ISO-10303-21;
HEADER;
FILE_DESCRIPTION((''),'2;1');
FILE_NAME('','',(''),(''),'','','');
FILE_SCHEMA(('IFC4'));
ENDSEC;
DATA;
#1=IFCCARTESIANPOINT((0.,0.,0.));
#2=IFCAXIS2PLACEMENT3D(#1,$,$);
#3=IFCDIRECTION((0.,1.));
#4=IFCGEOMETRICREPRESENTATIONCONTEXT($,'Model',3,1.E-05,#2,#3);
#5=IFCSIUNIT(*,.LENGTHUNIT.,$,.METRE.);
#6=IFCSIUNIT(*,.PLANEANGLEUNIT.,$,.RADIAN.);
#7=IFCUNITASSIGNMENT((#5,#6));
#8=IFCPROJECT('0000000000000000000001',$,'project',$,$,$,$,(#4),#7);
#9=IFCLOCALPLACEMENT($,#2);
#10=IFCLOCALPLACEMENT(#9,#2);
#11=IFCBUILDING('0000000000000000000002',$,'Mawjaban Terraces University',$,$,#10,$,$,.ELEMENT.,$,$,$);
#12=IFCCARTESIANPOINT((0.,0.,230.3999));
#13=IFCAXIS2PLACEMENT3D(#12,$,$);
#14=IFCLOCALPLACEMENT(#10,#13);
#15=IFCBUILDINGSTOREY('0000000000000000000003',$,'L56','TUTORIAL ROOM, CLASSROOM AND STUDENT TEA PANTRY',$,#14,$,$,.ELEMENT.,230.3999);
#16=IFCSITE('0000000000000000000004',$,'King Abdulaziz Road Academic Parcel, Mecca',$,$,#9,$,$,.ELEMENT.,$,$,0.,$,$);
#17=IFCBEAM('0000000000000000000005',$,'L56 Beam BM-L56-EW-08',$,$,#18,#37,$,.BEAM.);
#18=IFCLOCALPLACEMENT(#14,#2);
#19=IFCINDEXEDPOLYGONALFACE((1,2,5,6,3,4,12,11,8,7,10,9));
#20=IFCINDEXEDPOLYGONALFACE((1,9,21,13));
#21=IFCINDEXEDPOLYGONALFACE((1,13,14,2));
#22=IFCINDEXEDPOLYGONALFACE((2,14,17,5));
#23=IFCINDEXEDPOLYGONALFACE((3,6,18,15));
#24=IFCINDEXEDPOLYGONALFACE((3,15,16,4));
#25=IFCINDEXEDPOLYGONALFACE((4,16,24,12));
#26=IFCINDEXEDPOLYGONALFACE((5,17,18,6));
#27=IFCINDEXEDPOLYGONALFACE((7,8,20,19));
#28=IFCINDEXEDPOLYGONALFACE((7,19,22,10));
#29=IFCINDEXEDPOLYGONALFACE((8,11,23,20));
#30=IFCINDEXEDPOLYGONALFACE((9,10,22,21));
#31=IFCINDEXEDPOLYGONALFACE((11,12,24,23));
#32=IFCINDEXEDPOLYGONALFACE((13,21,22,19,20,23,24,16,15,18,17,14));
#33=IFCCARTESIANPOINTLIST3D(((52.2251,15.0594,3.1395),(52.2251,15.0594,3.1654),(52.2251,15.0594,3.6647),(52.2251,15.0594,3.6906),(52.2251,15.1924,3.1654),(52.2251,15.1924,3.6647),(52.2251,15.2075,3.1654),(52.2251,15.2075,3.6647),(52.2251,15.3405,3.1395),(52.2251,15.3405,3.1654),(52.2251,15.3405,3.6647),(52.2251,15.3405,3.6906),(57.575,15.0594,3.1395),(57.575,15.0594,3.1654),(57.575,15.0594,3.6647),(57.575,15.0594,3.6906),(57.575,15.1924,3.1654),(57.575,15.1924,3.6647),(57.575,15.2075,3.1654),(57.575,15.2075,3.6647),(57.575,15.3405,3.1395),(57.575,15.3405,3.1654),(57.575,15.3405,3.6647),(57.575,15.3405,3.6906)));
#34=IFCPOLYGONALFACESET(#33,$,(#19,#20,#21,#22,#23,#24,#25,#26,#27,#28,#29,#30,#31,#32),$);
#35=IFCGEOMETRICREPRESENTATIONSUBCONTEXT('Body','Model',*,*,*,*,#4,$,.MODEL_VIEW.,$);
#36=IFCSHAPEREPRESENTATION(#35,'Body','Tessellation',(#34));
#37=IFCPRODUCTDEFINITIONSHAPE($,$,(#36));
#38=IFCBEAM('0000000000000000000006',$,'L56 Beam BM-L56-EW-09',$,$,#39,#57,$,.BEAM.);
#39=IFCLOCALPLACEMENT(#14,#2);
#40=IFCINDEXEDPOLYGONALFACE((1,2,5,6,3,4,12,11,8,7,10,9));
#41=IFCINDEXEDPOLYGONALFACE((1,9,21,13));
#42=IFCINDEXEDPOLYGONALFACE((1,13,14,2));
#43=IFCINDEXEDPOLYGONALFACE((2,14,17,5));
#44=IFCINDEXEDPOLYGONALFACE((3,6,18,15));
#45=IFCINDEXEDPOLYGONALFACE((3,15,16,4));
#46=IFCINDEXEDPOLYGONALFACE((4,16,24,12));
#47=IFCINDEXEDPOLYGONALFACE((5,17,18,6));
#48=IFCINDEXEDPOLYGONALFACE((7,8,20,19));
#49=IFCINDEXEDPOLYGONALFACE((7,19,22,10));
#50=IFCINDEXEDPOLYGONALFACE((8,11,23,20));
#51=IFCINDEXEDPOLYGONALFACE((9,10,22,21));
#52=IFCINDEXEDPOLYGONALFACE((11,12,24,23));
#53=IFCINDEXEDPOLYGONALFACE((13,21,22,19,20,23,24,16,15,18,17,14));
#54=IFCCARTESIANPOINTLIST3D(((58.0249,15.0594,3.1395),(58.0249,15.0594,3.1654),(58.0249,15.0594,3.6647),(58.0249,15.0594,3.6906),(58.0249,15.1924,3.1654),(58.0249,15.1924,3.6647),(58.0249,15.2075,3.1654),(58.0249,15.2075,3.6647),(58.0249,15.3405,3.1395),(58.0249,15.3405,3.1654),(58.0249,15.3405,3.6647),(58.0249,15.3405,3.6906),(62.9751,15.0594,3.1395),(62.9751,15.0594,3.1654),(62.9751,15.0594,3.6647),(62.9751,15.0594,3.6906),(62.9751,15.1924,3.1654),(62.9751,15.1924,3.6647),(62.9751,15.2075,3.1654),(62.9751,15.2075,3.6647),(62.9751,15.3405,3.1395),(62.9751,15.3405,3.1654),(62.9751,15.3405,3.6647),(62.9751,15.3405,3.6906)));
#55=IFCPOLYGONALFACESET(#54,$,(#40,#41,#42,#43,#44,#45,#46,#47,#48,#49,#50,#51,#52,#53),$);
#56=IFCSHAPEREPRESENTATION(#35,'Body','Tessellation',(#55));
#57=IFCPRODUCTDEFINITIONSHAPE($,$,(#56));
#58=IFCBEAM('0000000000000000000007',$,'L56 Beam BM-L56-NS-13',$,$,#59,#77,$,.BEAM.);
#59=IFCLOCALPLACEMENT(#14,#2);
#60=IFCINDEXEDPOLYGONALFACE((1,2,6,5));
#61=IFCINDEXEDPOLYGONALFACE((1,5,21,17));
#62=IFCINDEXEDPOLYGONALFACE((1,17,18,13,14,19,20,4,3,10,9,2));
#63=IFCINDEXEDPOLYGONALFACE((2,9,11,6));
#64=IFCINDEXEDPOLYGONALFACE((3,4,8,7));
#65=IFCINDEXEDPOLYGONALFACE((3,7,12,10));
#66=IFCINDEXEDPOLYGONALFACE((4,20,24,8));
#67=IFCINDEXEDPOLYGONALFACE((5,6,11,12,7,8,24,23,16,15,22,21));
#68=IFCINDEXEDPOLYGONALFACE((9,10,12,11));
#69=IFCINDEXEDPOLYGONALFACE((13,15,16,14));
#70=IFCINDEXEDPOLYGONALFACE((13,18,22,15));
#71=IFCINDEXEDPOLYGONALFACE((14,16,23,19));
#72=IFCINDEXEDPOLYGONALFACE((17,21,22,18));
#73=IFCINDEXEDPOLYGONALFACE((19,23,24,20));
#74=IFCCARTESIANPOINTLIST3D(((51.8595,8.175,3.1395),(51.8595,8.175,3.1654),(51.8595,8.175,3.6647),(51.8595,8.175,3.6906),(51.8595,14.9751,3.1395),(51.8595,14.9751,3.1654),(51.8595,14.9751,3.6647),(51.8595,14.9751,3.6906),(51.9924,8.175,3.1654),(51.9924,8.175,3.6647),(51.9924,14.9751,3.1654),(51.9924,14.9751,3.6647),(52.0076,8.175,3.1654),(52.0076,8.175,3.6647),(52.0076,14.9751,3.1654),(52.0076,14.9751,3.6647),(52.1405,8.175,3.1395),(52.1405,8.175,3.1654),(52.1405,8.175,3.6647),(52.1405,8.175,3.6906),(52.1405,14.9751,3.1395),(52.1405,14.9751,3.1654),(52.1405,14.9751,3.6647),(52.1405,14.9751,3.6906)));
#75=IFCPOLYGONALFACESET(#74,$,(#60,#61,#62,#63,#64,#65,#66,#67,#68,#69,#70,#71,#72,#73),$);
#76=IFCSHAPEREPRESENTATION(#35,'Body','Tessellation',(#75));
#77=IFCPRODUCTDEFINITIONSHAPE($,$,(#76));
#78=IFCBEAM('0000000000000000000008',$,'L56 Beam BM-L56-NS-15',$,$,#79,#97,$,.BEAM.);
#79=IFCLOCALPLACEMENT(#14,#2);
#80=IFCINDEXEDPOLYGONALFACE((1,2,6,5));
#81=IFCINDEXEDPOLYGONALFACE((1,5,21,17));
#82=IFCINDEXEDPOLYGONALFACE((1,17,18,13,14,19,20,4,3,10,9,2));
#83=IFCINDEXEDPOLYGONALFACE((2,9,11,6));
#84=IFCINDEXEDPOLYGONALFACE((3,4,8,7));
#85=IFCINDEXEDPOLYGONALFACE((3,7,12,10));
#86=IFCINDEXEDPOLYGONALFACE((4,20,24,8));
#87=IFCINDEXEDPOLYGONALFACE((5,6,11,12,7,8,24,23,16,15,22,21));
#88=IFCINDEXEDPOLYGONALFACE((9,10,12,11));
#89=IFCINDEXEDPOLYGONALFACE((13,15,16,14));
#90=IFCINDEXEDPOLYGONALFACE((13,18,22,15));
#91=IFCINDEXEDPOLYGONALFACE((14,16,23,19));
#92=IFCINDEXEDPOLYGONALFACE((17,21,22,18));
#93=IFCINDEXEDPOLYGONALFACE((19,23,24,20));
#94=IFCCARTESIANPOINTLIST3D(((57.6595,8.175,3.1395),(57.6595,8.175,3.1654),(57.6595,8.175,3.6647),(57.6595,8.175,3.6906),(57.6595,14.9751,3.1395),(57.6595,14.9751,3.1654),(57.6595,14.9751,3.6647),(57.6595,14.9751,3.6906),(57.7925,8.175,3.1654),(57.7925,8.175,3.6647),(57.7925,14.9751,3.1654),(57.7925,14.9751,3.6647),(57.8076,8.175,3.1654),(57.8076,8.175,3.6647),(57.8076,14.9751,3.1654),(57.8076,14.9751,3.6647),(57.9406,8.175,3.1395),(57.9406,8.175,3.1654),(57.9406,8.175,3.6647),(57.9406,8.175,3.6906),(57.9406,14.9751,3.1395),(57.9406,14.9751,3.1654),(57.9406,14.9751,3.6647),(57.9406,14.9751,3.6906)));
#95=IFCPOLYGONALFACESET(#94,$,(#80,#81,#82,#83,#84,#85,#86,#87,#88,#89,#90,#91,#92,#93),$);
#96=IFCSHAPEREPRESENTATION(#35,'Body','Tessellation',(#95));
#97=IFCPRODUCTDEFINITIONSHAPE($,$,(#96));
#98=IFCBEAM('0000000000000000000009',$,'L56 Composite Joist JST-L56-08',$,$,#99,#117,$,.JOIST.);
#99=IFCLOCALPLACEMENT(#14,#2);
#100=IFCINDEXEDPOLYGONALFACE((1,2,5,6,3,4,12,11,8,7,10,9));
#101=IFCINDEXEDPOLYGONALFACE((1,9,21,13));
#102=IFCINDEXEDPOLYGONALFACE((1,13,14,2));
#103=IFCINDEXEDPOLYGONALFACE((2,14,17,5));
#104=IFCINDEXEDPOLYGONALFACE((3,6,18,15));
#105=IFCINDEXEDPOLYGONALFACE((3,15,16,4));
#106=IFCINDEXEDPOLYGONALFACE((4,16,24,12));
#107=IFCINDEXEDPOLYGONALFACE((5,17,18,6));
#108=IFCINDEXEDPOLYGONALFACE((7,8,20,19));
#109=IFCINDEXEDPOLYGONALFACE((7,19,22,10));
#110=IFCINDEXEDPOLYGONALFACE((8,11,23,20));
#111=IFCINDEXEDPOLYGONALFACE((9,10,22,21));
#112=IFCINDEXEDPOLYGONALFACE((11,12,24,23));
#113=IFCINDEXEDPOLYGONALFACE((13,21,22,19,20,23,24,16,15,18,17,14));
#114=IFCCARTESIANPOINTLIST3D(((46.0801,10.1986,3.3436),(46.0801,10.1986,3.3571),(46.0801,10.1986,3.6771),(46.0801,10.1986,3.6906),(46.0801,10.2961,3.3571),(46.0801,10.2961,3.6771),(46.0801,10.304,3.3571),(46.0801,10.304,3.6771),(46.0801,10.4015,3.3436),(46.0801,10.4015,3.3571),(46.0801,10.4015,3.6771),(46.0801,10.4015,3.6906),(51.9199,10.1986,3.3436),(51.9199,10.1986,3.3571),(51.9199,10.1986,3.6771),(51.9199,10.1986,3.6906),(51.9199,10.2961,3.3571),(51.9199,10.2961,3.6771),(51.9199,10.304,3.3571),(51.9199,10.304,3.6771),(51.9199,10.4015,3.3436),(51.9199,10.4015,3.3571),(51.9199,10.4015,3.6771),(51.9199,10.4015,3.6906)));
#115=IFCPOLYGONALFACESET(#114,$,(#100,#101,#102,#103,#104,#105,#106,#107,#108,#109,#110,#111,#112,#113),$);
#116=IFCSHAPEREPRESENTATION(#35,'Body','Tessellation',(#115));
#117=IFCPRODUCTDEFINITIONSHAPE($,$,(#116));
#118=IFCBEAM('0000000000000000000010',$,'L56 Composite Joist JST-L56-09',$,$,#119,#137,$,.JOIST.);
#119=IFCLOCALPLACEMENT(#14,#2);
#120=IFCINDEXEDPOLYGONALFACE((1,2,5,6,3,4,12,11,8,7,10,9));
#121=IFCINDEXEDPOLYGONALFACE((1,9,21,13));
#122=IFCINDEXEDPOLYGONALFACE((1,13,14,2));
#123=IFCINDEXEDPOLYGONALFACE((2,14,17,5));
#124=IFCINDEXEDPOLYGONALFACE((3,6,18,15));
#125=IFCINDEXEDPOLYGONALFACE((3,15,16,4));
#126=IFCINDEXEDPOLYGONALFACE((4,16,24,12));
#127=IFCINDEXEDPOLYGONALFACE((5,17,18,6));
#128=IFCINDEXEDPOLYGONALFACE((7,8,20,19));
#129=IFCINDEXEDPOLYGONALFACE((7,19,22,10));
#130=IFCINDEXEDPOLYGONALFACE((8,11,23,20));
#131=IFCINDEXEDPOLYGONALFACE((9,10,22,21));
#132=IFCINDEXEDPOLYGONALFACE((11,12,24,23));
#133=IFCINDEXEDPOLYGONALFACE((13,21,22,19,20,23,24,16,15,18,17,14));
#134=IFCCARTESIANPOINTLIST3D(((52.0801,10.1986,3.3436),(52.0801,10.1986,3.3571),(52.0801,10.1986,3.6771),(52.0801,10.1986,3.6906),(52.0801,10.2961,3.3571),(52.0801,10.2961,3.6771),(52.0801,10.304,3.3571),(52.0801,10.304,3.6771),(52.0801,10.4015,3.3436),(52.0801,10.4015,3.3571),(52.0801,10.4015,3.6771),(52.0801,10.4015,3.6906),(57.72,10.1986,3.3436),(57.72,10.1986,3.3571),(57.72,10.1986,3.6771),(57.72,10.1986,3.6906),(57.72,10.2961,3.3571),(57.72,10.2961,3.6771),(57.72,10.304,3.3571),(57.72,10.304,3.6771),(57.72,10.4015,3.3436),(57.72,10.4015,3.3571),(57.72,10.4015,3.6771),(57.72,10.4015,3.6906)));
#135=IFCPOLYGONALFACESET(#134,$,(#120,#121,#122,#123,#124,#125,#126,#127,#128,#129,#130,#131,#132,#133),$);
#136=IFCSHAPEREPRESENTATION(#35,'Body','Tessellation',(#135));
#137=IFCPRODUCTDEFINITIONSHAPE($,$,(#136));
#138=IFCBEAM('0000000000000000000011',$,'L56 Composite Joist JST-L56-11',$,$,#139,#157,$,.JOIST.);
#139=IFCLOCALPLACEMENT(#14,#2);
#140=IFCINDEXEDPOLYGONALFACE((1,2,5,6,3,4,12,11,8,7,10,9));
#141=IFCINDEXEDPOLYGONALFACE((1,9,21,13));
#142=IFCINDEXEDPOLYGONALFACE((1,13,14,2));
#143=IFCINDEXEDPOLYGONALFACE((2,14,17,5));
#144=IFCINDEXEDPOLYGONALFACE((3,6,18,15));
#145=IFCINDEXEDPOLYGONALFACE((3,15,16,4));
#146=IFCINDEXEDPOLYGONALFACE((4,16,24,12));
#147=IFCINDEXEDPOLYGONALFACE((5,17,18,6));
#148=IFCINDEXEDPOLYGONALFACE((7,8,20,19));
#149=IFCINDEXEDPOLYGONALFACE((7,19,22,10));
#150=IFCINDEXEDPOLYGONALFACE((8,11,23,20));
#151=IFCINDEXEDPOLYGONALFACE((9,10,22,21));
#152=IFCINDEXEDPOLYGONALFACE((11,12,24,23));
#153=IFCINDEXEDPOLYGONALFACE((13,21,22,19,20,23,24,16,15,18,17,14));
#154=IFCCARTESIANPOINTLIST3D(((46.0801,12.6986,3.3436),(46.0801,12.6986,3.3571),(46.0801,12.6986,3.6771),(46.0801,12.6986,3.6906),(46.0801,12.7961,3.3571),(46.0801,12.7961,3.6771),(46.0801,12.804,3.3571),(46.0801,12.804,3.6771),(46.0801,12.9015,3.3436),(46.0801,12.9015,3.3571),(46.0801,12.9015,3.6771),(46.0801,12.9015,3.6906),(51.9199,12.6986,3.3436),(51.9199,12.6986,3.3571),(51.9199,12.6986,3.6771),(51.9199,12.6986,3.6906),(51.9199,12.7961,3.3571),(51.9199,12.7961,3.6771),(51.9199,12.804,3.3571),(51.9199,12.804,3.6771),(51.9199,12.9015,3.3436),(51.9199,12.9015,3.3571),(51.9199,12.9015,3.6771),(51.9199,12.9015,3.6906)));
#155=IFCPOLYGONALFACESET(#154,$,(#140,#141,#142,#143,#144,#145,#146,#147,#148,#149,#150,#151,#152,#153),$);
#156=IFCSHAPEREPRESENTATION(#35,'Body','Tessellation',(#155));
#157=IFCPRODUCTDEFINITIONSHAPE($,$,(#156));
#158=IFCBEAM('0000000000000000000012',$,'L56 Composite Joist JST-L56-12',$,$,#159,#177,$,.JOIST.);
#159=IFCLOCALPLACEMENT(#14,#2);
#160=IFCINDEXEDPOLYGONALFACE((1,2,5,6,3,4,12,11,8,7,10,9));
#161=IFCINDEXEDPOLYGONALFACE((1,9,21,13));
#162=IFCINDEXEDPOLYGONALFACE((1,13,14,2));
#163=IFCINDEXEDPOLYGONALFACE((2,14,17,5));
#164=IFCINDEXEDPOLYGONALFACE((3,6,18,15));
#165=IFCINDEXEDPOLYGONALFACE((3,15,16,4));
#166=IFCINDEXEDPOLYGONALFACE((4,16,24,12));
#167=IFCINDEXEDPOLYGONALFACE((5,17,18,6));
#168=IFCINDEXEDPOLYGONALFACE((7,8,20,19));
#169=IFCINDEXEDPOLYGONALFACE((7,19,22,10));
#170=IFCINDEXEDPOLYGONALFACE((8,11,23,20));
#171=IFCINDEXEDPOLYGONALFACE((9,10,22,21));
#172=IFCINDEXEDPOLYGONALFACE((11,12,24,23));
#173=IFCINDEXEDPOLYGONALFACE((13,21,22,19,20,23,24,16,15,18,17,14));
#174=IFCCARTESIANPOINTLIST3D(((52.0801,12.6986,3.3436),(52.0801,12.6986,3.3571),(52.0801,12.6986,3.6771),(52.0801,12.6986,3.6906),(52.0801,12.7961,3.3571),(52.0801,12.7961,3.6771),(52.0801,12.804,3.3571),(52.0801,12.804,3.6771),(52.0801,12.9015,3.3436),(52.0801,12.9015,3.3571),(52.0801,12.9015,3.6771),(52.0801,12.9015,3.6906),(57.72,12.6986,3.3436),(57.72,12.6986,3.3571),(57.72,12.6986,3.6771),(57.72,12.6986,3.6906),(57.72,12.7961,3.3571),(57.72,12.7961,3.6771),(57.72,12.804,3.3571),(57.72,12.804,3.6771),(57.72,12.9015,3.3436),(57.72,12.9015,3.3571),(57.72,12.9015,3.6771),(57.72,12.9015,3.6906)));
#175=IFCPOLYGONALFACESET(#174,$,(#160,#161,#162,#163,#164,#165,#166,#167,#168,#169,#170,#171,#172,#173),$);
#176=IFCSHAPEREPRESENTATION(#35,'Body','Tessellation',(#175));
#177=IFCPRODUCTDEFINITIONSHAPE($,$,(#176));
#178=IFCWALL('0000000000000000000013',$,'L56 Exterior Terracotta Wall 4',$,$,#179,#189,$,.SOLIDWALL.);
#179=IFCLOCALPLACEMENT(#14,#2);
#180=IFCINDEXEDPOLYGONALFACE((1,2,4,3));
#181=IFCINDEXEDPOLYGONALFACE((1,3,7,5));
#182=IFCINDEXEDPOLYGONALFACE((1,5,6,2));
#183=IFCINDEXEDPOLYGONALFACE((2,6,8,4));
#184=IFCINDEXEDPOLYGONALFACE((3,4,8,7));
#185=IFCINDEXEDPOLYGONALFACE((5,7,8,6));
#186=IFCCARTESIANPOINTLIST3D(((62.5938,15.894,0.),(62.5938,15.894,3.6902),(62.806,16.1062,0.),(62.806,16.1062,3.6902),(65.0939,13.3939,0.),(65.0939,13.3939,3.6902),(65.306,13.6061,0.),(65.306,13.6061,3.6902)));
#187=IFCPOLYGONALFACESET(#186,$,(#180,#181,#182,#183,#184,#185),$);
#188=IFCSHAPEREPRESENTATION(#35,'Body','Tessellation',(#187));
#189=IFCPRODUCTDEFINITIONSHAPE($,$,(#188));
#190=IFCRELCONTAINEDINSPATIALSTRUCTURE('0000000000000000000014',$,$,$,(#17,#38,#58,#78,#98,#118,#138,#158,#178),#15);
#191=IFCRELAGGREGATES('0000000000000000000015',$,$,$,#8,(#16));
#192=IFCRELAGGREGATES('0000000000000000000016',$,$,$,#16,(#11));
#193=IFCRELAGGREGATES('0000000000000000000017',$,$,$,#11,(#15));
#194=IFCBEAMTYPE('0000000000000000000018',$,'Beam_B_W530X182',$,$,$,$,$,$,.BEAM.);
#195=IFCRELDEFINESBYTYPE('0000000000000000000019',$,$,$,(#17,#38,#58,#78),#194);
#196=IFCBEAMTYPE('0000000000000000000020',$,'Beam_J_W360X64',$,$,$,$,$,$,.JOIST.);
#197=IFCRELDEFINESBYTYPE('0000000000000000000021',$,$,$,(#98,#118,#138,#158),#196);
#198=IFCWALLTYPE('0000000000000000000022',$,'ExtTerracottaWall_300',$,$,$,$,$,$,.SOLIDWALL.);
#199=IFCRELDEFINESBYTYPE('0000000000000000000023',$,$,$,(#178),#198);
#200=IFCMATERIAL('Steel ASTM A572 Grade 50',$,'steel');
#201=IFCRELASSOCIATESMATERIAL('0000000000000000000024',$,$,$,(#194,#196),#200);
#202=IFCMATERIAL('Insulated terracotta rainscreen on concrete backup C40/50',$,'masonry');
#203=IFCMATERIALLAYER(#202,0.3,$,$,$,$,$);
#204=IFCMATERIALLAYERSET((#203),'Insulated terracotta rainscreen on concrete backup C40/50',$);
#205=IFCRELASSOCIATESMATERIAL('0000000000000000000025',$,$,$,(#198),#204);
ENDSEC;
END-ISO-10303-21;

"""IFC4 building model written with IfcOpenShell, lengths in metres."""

from ifc_helpers import new_model, si_unit, direction, frame, frame_2d, origin, origin_2d, place, context, subcontext, project, spatial, rectangle, i_section, extrude, material, layer, layer_set, material_profile, profile_set, type_object, element, save


model = new_model("IFC4")

# Units and contexts
model_context = context("Model", 3, precision=1e-05, world=origin(), true_north=direction((0.0, 1.0)))
body_context = subcontext(model_context, "Body", "Model", "MODEL_VIEW")
ifc_project = project(units=[si_unit("LENGTHUNIT", "METRE"), si_unit("PLANEANGLEUNIT", "RADIAN")], contexts=[model_context])

# Site, building, storey
site_placement = place(None, origin())
site = spatial("IfcSite", under=ifc_project, at=site_placement, Name="King Abdulaziz Road Academic Parcel, Mecca", CompositionType="ELEMENT", RefElevation=0.0)
building_placement = place(site_placement, origin())
building = spatial("IfcBuilding", under=site, at=building_placement, Name="Mawjaban Terraces University", CompositionType="ELEMENT")
storey_placement = place(building_placement, frame((0.0, 0.0, 230.3999)))
storey = spatial("IfcBuildingStorey", under=building, at=storey_placement, Name="L56", Description="TUTORIAL ROOM, CLASSROOM AND STUDENT TEA PANTRY", CompositionType="ELEMENT", Elevation=230.3999)

# Beams
ifc_material_1 = material(Name="Steel ASTM A572 Grade 50", Category="steel")
ifc_material_profile_1 = material_profile(ifc_material_1, i_section(OverallWidth=0.281, OverallDepth=0.551, WebThickness=0.0151, FlangeThickness=0.0259, at=origin_2d()), Name="W530X182")
ifc_profile_set_1 = profile_set([ifc_material_profile_1], Name="Steel ASTM A572 Grade 50")
beam_type_1 = type_object("IfcBeamType", Name="Beam_B_W530X182", PredefinedType="BEAM", material=ifc_profile_set_1)
beam_1_placement = place(storey_placement, frame((52.2251, 15.2, 3.415), z_axis=(1.0, 0.0, 0.0), x_axis=(0.0, 1.0, 0.0)))
element("IfcBeam", 1, at=beam_1_placement, inside=storey, type_object=beam_type_1, Name="L56 Beam BM-L56-EW-08", PredefinedType="BEAM", context=body_context, shape_type="SweptSolid", body=[
    extrude(i_section(OverallWidth=0.281, OverallDepth=0.551, WebThickness=0.0151, FlangeThickness=0.0259, at=origin_2d()), origin(), (0.0, 0.0, 1.0), 5.3499),
])
beam_2_placement = place(storey_placement, frame((58.0249, 15.2, 3.415), z_axis=(1.0, 0.0, 0.0), x_axis=(0.0, 1.0, 0.0)))
element("IfcBeam", 2, at=beam_2_placement, inside=storey, type_object=beam_type_1, Name="L56 Beam BM-L56-EW-09", PredefinedType="BEAM", context=body_context, shape_type="SweptSolid", body=[
    extrude(i_section(OverallWidth=0.281, OverallDepth=0.551, WebThickness=0.0151, FlangeThickness=0.0259, at=origin_2d()), origin(), (0.0, 0.0, 1.0), 4.9502),
])
for number, where, z_axis, x_axis, name in (
    (3, (52.0, 8.175, 3.415), (0.0, 1.0, 0.0), (-1.0, 0.0, 0.0), "L56 Beam BM-L56-NS-13"),
    (4, (57.8, 8.175, 3.415), (0.0, 1.0, 0.0), (-1.0, 0.0, 0.0), "L56 Beam BM-L56-NS-15"),
):
    element("IfcBeam", number, at=place(storey_placement, frame(where, z_axis=z_axis, x_axis=x_axis)), inside=storey, type_object=beam_type_1, Name=name, PredefinedType="BEAM", context=body_context, shape_type="SweptSolid", body=[
        extrude(i_section(OverallWidth=0.281, OverallDepth=0.551, WebThickness=0.0151, FlangeThickness=0.0259, at=origin_2d()), origin(), (0.0, 0.0, 1.0), 6.8),
    ])
ifc_material_profile_2 = material_profile(ifc_material_1, i_section(OverallWidth=0.2029, OverallDepth=0.3469, WebThickness=0.0078, FlangeThickness=0.0134, at=origin_2d()), Name="W360X64")
ifc_profile_set_2 = profile_set([ifc_material_profile_2], Name="Steel ASTM A572 Grade 50")
beam_type_2 = type_object("IfcBeamType", Name="Beam_J_W360X64", PredefinedType="JOIST", material=ifc_profile_set_2)
beam_3_placement = place(storey_placement, frame((46.0801, 10.3, 3.5171), z_axis=(1.0, 0.0, 0.0), x_axis=(0.0, 1.0, 0.0)))
element("IfcBeam", 5, at=beam_3_placement, inside=storey, type_object=beam_type_2, Name="L56 Composite Joist JST-L56-08", PredefinedType="JOIST", context=body_context, shape_type="SweptSolid", body=[
    extrude(i_section(OverallWidth=0.2029, OverallDepth=0.3469, WebThickness=0.0078, FlangeThickness=0.0134, at=origin_2d()), origin(), (0.0, 0.0, 1.0), 5.8398),
])
beam_4_placement = place(storey_placement, frame((52.0801, 10.3, 3.5171), z_axis=(1.0, 0.0, 0.0), x_axis=(0.0, 1.0, 0.0)))
element("IfcBeam", 6, at=beam_4_placement, inside=storey, type_object=beam_type_2, Name="L56 Composite Joist JST-L56-09", PredefinedType="JOIST", context=body_context, shape_type="SweptSolid", body=[
    extrude(i_section(OverallWidth=0.2029, OverallDepth=0.3469, WebThickness=0.0078, FlangeThickness=0.0134, at=origin_2d()), origin(), (0.0, 0.0, 1.0), 5.6399),
])
beam_5_placement = place(storey_placement, frame((46.0801, 12.8, 3.5171), z_axis=(1.0, 0.0, 0.0), x_axis=(0.0, 1.0, 0.0)))
element("IfcBeam", 7, at=beam_5_placement, inside=storey, type_object=beam_type_2, Name="L56 Composite Joist JST-L56-11", PredefinedType="JOIST", context=body_context, shape_type="SweptSolid", body=[
    extrude(i_section(OverallWidth=0.2029, OverallDepth=0.3469, WebThickness=0.0078, FlangeThickness=0.0134, at=origin_2d()), origin(), (0.0, 0.0, 1.0), 5.8398),
])
beam_6_placement = place(storey_placement, frame((52.0801, 12.8, 3.5171), z_axis=(1.0, 0.0, 0.0), x_axis=(0.0, 1.0, 0.0)))
element("IfcBeam", 8, at=beam_6_placement, inside=storey, type_object=beam_type_2, Name="L56 Composite Joist JST-L56-12", PredefinedType="JOIST", context=body_context, shape_type="SweptSolid", body=[
    extrude(i_section(OverallWidth=0.2029, OverallDepth=0.3469, WebThickness=0.0078, FlangeThickness=0.0134, at=origin_2d()), origin(), (0.0, 0.0, 1.0), 5.6399),
])

# Wall
ifc_material_2 = material(Name="Insulated terracotta rainscreen on concrete backup C40/50", Category="masonry")
ifc_layer_1 = layer(ifc_material_2, 0.3)
ifc_layer_set_1 = layer_set([ifc_layer_1], Name="Insulated terracotta rainscreen on concrete backup C40/50")
wall_type = type_object("IfcWallType", Name="ExtTerracottaWall_300", PredefinedType="SOLIDWALL", material=ifc_layer_set_1)
wall_placement = place(storey_placement, frame((65.2, 13.5, 0.0), z_axis=(0.0, 0.0, 1.0), x_axis=(-0.707107, 0.707107, 0.0)))
element("IfcWall", 9, at=wall_placement, inside=storey, type_object=wall_type, Name="L56 Exterior Terracotta Wall 4", PredefinedType="SOLIDWALL", context=body_context, shape_type="SweptSolid", body=[
    extrude(rectangle(XDim=3.5356, YDim=0.3, at=frame_2d((1.7678, 0.0))), origin(), (0.0, 0.0, 1.0), 3.6902),
])

save(model, "model.ifc")
